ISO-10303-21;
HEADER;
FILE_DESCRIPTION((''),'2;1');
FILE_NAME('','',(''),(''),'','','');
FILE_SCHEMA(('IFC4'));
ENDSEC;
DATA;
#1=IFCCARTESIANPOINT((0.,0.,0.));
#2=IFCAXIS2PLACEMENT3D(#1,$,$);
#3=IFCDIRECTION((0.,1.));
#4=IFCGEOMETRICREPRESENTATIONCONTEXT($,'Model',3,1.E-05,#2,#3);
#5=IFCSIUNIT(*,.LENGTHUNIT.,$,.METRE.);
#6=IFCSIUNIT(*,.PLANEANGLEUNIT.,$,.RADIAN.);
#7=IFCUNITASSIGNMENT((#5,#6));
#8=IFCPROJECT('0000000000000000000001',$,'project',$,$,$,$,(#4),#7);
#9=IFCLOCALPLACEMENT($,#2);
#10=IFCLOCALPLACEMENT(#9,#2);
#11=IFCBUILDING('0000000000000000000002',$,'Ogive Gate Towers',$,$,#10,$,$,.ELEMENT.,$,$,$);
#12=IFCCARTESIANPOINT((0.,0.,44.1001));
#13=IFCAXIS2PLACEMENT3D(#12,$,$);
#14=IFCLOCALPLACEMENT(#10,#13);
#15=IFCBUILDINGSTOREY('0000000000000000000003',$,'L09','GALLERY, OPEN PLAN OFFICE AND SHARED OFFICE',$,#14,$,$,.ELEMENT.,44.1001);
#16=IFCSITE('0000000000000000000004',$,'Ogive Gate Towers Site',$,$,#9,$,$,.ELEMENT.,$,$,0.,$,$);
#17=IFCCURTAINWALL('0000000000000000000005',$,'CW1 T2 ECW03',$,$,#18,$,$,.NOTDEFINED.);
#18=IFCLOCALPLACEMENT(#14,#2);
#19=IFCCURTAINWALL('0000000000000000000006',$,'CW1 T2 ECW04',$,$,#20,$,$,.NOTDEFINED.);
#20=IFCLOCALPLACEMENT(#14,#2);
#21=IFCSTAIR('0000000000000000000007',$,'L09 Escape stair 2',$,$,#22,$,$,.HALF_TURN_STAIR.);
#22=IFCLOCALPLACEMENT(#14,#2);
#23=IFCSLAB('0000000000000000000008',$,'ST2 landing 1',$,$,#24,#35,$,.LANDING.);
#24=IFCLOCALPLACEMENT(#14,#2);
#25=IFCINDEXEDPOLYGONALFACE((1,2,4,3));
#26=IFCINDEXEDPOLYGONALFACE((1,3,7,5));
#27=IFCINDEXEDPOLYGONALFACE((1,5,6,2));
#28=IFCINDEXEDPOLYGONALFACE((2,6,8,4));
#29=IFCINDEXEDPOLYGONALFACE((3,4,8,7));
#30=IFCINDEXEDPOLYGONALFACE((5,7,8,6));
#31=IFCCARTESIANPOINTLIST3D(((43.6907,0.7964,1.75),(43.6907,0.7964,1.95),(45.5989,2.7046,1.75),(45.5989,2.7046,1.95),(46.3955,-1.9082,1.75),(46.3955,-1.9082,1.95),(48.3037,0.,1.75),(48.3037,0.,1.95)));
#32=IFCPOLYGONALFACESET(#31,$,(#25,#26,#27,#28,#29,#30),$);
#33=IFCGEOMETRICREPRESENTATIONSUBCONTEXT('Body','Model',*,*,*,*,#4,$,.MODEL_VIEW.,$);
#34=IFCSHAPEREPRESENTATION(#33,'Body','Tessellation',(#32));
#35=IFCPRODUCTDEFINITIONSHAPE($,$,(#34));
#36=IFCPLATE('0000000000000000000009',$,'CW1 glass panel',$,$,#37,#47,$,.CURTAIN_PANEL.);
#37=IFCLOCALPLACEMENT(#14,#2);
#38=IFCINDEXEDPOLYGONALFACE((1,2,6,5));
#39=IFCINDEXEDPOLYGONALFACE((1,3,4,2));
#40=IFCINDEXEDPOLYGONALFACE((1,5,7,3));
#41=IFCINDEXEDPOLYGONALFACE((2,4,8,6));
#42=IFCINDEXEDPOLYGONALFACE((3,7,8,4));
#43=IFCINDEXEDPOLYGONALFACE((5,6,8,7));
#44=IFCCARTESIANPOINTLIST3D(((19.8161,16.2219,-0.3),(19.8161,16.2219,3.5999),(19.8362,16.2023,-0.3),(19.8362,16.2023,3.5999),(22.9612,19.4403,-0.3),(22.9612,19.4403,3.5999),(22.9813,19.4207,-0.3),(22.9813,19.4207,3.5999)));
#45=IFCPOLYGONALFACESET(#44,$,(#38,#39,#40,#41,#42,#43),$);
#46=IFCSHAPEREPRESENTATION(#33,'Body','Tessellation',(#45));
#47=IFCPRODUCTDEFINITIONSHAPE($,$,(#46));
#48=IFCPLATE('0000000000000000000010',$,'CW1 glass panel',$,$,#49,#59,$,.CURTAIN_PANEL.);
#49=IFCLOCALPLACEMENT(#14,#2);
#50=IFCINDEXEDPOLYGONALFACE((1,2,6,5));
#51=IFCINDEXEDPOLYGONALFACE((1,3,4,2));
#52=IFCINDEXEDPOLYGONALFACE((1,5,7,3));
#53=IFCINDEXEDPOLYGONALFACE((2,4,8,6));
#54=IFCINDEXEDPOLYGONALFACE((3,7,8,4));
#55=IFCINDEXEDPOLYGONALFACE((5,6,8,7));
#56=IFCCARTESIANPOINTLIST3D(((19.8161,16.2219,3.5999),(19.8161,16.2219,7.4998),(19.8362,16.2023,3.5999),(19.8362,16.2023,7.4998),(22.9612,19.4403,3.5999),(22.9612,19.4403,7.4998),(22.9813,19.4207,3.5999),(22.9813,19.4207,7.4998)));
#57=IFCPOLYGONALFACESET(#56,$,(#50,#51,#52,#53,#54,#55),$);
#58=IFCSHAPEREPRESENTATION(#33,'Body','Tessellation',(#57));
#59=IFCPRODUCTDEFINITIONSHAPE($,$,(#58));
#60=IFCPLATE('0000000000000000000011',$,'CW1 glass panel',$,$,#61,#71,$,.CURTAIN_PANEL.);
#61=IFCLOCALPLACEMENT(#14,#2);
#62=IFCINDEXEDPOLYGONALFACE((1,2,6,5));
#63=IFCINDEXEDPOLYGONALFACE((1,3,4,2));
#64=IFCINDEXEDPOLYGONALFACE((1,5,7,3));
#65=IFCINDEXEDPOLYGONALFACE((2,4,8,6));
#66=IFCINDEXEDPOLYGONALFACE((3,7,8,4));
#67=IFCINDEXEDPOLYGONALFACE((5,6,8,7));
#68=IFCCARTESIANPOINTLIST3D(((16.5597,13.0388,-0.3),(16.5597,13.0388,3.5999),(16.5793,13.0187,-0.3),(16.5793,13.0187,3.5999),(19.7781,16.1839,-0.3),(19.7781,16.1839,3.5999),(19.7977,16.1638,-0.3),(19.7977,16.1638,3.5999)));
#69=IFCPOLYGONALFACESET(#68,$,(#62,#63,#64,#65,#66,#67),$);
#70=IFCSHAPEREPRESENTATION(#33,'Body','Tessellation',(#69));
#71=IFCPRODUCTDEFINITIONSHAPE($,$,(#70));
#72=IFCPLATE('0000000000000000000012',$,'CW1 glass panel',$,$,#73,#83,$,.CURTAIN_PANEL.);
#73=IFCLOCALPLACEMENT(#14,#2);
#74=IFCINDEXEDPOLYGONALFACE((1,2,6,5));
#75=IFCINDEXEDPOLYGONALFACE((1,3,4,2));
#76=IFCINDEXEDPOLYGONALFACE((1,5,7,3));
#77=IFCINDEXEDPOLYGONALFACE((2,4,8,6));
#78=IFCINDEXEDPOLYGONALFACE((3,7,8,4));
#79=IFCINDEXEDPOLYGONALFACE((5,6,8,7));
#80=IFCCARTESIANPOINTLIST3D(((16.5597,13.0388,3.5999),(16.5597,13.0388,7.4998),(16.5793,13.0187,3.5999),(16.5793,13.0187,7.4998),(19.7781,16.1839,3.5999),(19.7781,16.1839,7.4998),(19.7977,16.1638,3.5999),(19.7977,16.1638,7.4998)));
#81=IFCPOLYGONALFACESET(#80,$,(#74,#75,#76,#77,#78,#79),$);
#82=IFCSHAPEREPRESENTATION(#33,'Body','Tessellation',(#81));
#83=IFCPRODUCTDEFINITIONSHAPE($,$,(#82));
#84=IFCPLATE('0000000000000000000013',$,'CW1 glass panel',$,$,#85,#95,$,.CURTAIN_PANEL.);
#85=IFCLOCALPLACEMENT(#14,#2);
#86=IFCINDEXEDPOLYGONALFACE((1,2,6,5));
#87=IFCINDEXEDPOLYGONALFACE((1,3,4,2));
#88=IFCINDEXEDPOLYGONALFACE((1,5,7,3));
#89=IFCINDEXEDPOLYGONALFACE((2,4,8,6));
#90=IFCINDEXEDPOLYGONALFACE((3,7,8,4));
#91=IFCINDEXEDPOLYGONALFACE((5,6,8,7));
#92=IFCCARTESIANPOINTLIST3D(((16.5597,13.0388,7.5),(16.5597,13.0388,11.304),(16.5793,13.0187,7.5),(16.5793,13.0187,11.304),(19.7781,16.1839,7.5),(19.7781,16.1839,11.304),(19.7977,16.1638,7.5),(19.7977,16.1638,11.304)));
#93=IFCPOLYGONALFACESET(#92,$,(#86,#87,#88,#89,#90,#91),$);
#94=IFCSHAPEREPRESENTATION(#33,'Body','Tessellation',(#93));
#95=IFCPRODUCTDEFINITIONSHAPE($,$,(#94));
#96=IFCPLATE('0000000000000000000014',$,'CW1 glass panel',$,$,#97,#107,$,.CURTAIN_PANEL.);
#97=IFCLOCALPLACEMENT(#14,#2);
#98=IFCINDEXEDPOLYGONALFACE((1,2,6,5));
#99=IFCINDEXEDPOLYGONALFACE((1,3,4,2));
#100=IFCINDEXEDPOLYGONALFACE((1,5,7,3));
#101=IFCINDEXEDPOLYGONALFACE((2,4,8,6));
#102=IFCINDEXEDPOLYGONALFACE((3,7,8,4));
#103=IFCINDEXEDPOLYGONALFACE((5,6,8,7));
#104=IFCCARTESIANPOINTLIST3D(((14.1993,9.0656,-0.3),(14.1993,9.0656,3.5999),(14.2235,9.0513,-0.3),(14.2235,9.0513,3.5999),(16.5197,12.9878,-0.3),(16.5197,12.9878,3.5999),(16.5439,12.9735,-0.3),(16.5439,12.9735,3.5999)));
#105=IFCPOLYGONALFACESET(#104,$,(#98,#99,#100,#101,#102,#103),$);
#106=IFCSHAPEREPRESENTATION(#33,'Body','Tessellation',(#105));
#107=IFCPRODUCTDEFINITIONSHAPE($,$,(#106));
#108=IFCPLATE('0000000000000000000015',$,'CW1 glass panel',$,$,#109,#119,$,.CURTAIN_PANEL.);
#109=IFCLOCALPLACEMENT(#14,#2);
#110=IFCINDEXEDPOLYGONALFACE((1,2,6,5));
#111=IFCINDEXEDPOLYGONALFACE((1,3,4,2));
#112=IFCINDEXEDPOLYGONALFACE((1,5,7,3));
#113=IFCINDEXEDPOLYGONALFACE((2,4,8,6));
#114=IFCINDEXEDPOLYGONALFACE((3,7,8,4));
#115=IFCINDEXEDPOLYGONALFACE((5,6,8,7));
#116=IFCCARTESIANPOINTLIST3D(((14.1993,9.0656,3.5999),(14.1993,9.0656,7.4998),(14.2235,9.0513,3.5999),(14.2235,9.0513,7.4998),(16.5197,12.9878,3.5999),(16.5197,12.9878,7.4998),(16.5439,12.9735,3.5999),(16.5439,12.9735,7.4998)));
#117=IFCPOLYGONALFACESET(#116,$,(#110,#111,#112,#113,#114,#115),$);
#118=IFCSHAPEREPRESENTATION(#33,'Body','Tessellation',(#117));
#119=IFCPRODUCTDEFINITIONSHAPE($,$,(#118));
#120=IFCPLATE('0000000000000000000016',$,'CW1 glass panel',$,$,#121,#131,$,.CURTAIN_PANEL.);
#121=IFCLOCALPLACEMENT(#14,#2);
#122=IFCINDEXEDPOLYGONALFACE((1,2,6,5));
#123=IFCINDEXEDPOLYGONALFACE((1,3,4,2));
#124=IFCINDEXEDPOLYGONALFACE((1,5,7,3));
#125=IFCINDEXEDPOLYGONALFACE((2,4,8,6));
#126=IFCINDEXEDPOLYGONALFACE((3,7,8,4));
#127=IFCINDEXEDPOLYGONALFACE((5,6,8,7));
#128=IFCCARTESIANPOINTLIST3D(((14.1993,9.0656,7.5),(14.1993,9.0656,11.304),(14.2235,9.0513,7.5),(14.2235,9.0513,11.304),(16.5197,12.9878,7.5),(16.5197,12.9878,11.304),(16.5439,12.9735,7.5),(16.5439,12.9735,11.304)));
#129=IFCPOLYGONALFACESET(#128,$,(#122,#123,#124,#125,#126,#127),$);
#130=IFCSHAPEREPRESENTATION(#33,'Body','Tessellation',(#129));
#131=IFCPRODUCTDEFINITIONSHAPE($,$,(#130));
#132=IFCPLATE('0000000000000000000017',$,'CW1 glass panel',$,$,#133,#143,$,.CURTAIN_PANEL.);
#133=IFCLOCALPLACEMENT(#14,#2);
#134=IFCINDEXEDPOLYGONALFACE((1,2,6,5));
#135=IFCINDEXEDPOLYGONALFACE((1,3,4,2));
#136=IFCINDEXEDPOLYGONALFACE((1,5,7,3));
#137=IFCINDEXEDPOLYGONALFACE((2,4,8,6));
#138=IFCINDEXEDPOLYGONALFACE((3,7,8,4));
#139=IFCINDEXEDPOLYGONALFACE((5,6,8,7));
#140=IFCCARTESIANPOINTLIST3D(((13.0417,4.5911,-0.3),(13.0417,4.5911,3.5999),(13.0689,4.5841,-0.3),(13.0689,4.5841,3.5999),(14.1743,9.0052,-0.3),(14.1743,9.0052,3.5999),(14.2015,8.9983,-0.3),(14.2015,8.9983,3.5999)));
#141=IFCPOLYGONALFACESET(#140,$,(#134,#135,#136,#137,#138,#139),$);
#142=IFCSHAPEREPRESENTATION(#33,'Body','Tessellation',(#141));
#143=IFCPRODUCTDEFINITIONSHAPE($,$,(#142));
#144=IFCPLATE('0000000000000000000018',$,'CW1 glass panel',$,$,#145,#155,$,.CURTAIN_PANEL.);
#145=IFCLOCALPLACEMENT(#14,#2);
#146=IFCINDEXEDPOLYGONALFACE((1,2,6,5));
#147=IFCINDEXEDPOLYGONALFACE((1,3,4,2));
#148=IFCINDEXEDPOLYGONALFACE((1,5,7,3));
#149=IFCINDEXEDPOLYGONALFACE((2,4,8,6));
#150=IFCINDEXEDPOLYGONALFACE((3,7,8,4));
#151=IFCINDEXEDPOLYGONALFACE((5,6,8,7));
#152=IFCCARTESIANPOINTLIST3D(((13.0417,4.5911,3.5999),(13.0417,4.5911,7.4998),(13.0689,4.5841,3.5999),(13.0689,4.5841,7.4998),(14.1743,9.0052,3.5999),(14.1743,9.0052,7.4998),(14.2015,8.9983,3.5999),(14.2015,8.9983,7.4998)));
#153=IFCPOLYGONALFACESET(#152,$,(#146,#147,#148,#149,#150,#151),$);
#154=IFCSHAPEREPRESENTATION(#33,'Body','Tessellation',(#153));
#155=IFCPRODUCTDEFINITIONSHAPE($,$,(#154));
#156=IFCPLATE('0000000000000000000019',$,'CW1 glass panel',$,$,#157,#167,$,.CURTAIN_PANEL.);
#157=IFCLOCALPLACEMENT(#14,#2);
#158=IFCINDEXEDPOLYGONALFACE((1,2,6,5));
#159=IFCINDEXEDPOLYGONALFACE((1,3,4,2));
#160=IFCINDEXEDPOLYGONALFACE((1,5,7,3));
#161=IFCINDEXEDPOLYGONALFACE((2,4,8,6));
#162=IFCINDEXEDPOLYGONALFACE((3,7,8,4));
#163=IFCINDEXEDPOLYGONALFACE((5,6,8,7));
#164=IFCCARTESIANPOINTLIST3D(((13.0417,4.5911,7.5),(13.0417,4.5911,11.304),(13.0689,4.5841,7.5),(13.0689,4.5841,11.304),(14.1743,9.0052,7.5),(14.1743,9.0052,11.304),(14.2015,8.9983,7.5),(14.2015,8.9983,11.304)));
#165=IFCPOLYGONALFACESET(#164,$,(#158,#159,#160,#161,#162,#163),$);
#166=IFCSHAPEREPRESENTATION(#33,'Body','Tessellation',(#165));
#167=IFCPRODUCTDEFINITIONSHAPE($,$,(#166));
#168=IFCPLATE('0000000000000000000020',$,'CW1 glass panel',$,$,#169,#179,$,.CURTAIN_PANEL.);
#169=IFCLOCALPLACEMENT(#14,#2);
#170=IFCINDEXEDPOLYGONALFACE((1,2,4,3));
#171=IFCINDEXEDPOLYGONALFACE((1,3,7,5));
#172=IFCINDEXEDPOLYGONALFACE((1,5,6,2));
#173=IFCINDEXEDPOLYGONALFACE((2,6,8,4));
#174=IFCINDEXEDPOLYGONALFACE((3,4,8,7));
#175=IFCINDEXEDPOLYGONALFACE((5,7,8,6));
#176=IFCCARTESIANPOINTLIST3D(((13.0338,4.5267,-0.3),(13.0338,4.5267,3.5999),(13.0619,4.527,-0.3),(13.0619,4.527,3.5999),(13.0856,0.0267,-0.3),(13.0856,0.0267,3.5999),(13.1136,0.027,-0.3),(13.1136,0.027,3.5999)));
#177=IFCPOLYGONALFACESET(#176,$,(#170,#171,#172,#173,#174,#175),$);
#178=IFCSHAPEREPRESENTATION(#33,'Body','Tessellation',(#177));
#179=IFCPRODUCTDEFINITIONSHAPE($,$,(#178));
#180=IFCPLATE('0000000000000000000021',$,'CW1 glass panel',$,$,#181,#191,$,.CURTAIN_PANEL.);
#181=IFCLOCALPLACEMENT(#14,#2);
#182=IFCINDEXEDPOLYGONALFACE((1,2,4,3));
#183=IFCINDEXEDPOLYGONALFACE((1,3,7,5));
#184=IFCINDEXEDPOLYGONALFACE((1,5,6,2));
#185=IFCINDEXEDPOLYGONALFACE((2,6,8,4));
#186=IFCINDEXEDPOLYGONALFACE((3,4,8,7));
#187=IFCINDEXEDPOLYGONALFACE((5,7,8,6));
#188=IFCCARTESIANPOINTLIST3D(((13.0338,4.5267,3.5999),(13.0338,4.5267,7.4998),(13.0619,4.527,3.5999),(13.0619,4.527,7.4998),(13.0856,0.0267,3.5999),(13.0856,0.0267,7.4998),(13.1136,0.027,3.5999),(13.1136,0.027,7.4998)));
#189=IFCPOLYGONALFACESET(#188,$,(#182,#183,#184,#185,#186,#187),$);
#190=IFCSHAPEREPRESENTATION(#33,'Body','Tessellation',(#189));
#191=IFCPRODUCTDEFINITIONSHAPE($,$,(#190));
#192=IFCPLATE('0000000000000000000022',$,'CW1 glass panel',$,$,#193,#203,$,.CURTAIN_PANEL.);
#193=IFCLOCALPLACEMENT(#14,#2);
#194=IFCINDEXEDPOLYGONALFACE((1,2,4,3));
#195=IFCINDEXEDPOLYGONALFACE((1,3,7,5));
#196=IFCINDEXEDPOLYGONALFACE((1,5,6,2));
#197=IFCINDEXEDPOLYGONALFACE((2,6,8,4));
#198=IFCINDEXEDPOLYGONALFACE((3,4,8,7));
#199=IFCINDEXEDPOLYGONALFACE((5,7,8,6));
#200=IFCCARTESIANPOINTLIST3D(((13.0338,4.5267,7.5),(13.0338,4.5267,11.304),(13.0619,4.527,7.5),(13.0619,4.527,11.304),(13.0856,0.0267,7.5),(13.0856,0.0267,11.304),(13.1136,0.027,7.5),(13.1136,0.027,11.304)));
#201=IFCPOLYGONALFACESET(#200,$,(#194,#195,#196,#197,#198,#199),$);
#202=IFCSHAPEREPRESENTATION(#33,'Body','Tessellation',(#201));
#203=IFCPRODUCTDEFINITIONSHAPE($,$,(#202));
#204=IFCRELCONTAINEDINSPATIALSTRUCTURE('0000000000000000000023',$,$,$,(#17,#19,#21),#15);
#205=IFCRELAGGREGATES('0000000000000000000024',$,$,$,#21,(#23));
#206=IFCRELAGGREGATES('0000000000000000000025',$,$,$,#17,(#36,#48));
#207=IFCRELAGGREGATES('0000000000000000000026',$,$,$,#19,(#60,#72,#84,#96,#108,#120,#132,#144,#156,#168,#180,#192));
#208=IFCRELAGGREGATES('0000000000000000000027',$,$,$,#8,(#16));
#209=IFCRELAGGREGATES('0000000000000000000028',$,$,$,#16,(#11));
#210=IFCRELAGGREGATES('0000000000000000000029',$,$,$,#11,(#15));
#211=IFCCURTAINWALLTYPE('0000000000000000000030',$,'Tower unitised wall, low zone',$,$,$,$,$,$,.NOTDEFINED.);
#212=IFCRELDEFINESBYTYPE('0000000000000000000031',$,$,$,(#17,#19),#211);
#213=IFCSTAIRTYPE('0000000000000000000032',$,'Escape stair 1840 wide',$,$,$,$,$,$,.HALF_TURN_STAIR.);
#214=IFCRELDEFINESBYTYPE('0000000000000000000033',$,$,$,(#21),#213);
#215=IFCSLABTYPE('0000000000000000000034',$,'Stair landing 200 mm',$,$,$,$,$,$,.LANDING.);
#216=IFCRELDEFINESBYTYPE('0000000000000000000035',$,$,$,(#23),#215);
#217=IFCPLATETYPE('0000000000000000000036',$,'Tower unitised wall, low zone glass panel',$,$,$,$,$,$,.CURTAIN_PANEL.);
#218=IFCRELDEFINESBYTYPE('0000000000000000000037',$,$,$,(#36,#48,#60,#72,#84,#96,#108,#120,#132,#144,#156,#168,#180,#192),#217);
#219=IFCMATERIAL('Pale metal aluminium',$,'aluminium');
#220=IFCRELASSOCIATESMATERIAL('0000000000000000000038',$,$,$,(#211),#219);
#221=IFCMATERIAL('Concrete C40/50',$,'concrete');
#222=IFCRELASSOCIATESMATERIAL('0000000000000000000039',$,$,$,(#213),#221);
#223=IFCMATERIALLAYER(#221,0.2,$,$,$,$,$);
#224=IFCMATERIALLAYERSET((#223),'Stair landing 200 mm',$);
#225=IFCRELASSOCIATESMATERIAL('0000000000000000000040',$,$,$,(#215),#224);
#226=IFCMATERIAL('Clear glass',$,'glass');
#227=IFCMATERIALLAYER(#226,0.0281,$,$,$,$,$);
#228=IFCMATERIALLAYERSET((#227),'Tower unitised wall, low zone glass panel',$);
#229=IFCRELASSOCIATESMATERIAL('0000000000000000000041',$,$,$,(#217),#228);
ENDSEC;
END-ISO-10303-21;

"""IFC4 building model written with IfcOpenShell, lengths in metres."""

from ifc_helpers import new_model, si_unit, direction, frame, origin, origin_2d, place, context, subcontext, project, spatial, polyline, rectangle, outline, extrude, material, layer, layer_set, type_object, element, aggregate, save


model = new_model("IFC4")

# Units and contexts
model_context = context("Model", 3, precision=1e-05, world=origin(), true_north=direction((0.0, 1.0)))
body_context = subcontext(model_context, "Body", "Model", "MODEL_VIEW")
ifc_project = project(units=[si_unit("LENGTHUNIT", "METRE"), si_unit("PLANEANGLEUNIT", "RADIAN")], contexts=[model_context])

# Site, building, storey
site_placement = place(None, origin())
site = spatial("IfcSite", under=ifc_project, at=site_placement, Name="Ogive Gate Towers Site", CompositionType="ELEMENT", RefElevation=0.0)
building_placement = place(site_placement, origin())
building = spatial("IfcBuilding", under=site, at=building_placement, Name="Ogive Gate Towers", CompositionType="ELEMENT")
storey_placement = place(building_placement, frame((0.0, 0.0, 44.1001)))
storey = spatial("IfcBuildingStorey", under=building, at=storey_placement, Name="L09", Description="GALLERY, OPEN PLAN OFFICE AND SHARED OFFICE", CompositionType="ELEMENT", Elevation=44.1001)

# Curtain wall
ifc_material_1 = material(Name="Pale metal aluminium", Category="aluminium")
curtain_wall_type = type_object("IfcCurtainWallType", Name="Tower unitised wall, low zone", PredefinedType="NOTDEFINED", material=ifc_material_1)
curtain_wall_1_placement = place(storey_placement, origin())
curtain_wall_1 = element("IfcCurtainWall", 1, at=curtain_wall_1_placement, inside=storey, type_object=curtain_wall_type, Name="CW1 T2 ECW03", PredefinedType="NOTDEFINED")

# Curtain wall
curtain_wall_2_placement = place(storey_placement, origin())
curtain_wall_2 = element("IfcCurtainWall", 2, at=curtain_wall_2_placement, inside=storey, type_object=curtain_wall_type, Name="CW1 T2 ECW04", PredefinedType="NOTDEFINED")

# Stair, slab
ifc_material_2 = material(Name="Concrete C40/50", Category="concrete")
stair_type = type_object("IfcStairType", Name="Escape stair 1840 wide", PredefinedType="HALF_TURN_STAIR", material=ifc_material_2)
stair_placement = place(storey_placement, origin())
stair = element("IfcStair", 3, at=stair_placement, inside=storey, type_object=stair_type, Name="L09 Escape stair 2", PredefinedType="HALF_TURN_STAIR")
ifc_layer_1 = layer(ifc_material_2, 0.2)
ifc_layer_set_1 = layer_set([ifc_layer_1], Name="Stair landing 200 mm")
slab_type = type_object("IfcSlabType", Name="Stair landing 200 mm", PredefinedType="LANDING", material=ifc_layer_set_1)
slab_placement = place(storey_placement, frame((0.0, 0.0, 1.75)))
slab = element("IfcSlab", 4, at=slab_placement, type_object=slab_type, Name="ST2 landing 1", PredefinedType="LANDING", context=body_context, shape_type="SweptSolid", body=[
    extrude(outline(polyline([(46.3955, -1.9082), (48.3037, 0.0), (45.5989, 2.7046), (43.6907, 0.7964), (46.3955, -1.9082)])), origin(), (0.0, 0.0, 1.0), 0.2),
])
aggregate(stair, [slab])

# Plates
ifc_material_3 = material(Name="Clear glass", Category="glass")
ifc_layer_2 = layer(ifc_material_3, 0.0281)
ifc_layer_set_2 = layer_set([ifc_layer_2], Name="Tower unitised wall, low zone glass panel")
plate_type = type_object("IfcPlateType", Name="Tower unitised wall, low zone glass panel", PredefinedType="CURTAIN_PANEL", material=ifc_layer_set_2)
plate_1_placement = place(storey_placement, frame((21.3987, 17.8213, -0.3), z_axis=(0.0, 0.0, 1.0), x_axis=(-0.698915, -0.715205, 0.0)))
plate_1 = element("IfcPlate", 5, at=plate_1_placement, type_object=plate_type, Name="CW1 glass panel", PredefinedType="CURTAIN_PANEL", context=body_context, shape_type="SweptSolid", body=[
    extrude(rectangle(XDim=4.5, YDim=0.0281, at=origin_2d()), origin(), (0.0, 0.0, 1.0), 3.8999),
])
plate_2_placement = place(storey_placement, frame((21.3987, 17.8213, 3.5999), z_axis=(0.0, 0.0, 1.0), x_axis=(-0.698915, -0.715205, 0.0)))
plate_2 = element("IfcPlate", 6, at=plate_2_placement, type_object=plate_type, Name="CW1 glass panel", PredefinedType="CURTAIN_PANEL", context=body_context, shape_type="SweptSolid", body=[
    extrude(rectangle(XDim=4.5, YDim=0.0281, at=origin_2d()), origin(), (0.0, 0.0, 1.0), 3.8999),
])
aggregate(curtain_wall_1, [plate_1, plate_2])
plate_3_placement = place(storey_placement, frame((18.1787, 14.6013, -0.3), z_axis=(0.0, 0.0, 1.0), x_axis=(-0.715205, -0.698915, 0.0)))
plate_3 = element("IfcPlate", 7, at=plate_3_placement, type_object=plate_type, Name="CW1 glass panel", PredefinedType="CURTAIN_PANEL", context=body_context, shape_type="SweptSolid", body=[
    extrude(rectangle(XDim=4.5, YDim=0.0281, at=origin_2d()), origin(), (0.0, 0.0, 1.0), 3.8999),
])
plate_4_placement = place(storey_placement, frame((18.1787, 14.6013, 3.5999), z_axis=(0.0, 0.0, 1.0), x_axis=(-0.715205, -0.698915, 0.0)))
plate_4 = element("IfcPlate", 8, at=plate_4_placement, type_object=plate_type, Name="CW1 glass panel", PredefinedType="CURTAIN_PANEL", context=body_context, shape_type="SweptSolid", body=[
    extrude(rectangle(XDim=4.5, YDim=0.0281, at=origin_2d()), origin(), (0.0, 0.0, 1.0), 3.8999),
])
plate_5_placement = place(storey_placement, frame((18.1787, 14.6013, 7.5), z_axis=(0.0, 0.0, 1.0), x_axis=(-0.715205, -0.698915, 0.0)))
plate_5 = element("IfcPlate", 9, at=plate_5_placement, type_object=plate_type, Name="CW1 glass panel", PredefinedType="CURTAIN_PANEL", context=body_context, shape_type="SweptSolid", body=[
    extrude(rectangle(XDim=4.5, YDim=0.0281, at=origin_2d()), origin(), (0.0, 0.0, 1.0), 3.804),
])
plate_6_placement = place(storey_placement, frame((15.3716, 11.0195, -0.3), z_axis=(0.0, 0.0, 1.0), x_axis=(-0.509177, -0.860662, 0.0)))
plate_6 = element("IfcPlate", 10, at=plate_6_placement, type_object=plate_type, Name="CW1 glass panel", PredefinedType="CURTAIN_PANEL", context=body_context, shape_type="SweptSolid", body=[
    extrude(rectangle(XDim=4.5571, YDim=0.0281, at=origin_2d()), origin(), (0.0, 0.0, 1.0), 3.8999),
])
plate_7_placement = place(storey_placement, frame((15.3716, 11.0195, 3.5999), z_axis=(0.0, 0.0, 1.0), x_axis=(-0.509177, -0.860662, 0.0)))
plate_7 = element("IfcPlate", 11, at=plate_7_placement, type_object=plate_type, Name="CW1 glass panel", PredefinedType="CURTAIN_PANEL", context=body_context, shape_type="SweptSolid", body=[
    extrude(rectangle(XDim=4.5571, YDim=0.0281, at=origin_2d()), origin(), (0.0, 0.0, 1.0), 3.8999),
])
plate_8_placement = place(storey_placement, frame((15.3716, 11.0195, 7.5), z_axis=(0.0, 0.0, 1.0), x_axis=(-0.509177, -0.860662, 0.0)))
plate_8 = element("IfcPlate", 12, at=plate_8_placement, type_object=plate_type, Name="CW1 glass panel", PredefinedType="CURTAIN_PANEL", context=body_context, shape_type="SweptSolid", body=[
    extrude(rectangle(XDim=4.5571, YDim=0.0281, at=origin_2d()), origin(), (0.0, 0.0, 1.0), 3.804),
])
plate_9_placement = place(storey_placement, frame((13.6216, 6.7947, -0.3), z_axis=(0.0, 0.0, 1.0), x_axis=(-0.248521, -0.968627, 0.0)))
plate_9 = element("IfcPlate", 13, at=plate_9_placement, type_object=plate_type, Name="CW1 glass panel", PredefinedType="CURTAIN_PANEL", context=body_context, shape_type="SweptSolid", body=[
    extrude(rectangle(XDim=4.5571, YDim=0.0281, at=origin_2d()), origin(), (0.0, 0.0, 1.0), 3.8999),
])
plate_10_placement = place(storey_placement, frame((13.6216, 6.7947, 3.5999), z_axis=(0.0, 0.0, 1.0), x_axis=(-0.248521, -0.968627, 0.0)))
plate_10 = element("IfcPlate", 14, at=plate_10_placement, type_object=plate_type, Name="CW1 glass panel", PredefinedType="CURTAIN_PANEL", context=body_context, shape_type="SweptSolid", body=[
    extrude(rectangle(XDim=4.5571, YDim=0.0281, at=origin_2d()), origin(), (0.0, 0.0, 1.0), 3.8999),
])
plate_11_placement = place(storey_placement, frame((13.6216, 6.7947, 7.5), z_axis=(0.0, 0.0, 1.0), x_axis=(-0.248521, -0.968627, 0.0)))
plate_11 = element("IfcPlate", 15, at=plate_11_placement, type_object=plate_type, Name="CW1 glass panel", PredefinedType="CURTAIN_PANEL", context=body_context, shape_type="SweptSolid", body=[
    extrude(rectangle(XDim=4.5571, YDim=0.0281, at=origin_2d()), origin(), (0.0, 0.0, 1.0), 3.804),
])
plate_12_placement = place(storey_placement, frame((13.0737, 2.2769, -0.3), z_axis=(0.0, 0.0, 1.0), x_axis=(0.011501, -0.999934, 0.0)))
plate_12 = element("IfcPlate", 16, at=plate_12_placement, type_object=plate_type, Name="CW1 glass panel", PredefinedType="CURTAIN_PANEL", context=body_context, shape_type="SweptSolid", body=[
    extrude(rectangle(XDim=4.5002, YDim=0.0281, at=origin_2d()), origin(), (0.0, 0.0, 1.0), 3.8999),
])
plate_13_placement = place(storey_placement, frame((13.0737, 2.2769, 3.5999), z_axis=(0.0, 0.0, 1.0), x_axis=(0.011501, -0.999934, 0.0)))
plate_13 = element("IfcPlate", 17, at=plate_13_placement, type_object=plate_type, Name="CW1 glass panel", PredefinedType="CURTAIN_PANEL", context=body_context, shape_type="SweptSolid", body=[
    extrude(rectangle(XDim=4.5002, YDim=0.0281, at=origin_2d()), origin(), (0.0, 0.0, 1.0), 3.8999),
])
plate_14_placement = place(storey_placement, frame((13.0737, 2.2769, 7.5), z_axis=(0.0, 0.0, 1.0), x_axis=(0.011501, -0.999934, 0.0)))
plate_14 = element("IfcPlate", 18, at=plate_14_placement, type_object=plate_type, Name="CW1 glass panel", PredefinedType="CURTAIN_PANEL", context=body_context, shape_type="SweptSolid", body=[
    extrude(rectangle(XDim=4.5002, YDim=0.0281, at=origin_2d()), origin(), (0.0, 0.0, 1.0), 3.804),
])
aggregate(curtain_wall_2, [plate_3, plate_4, plate_5, plate_6, plate_7, plate_8, plate_9, plate_10, plate_11, plate_12, plate_13, plate_14])

save(model, "model.ifc")
